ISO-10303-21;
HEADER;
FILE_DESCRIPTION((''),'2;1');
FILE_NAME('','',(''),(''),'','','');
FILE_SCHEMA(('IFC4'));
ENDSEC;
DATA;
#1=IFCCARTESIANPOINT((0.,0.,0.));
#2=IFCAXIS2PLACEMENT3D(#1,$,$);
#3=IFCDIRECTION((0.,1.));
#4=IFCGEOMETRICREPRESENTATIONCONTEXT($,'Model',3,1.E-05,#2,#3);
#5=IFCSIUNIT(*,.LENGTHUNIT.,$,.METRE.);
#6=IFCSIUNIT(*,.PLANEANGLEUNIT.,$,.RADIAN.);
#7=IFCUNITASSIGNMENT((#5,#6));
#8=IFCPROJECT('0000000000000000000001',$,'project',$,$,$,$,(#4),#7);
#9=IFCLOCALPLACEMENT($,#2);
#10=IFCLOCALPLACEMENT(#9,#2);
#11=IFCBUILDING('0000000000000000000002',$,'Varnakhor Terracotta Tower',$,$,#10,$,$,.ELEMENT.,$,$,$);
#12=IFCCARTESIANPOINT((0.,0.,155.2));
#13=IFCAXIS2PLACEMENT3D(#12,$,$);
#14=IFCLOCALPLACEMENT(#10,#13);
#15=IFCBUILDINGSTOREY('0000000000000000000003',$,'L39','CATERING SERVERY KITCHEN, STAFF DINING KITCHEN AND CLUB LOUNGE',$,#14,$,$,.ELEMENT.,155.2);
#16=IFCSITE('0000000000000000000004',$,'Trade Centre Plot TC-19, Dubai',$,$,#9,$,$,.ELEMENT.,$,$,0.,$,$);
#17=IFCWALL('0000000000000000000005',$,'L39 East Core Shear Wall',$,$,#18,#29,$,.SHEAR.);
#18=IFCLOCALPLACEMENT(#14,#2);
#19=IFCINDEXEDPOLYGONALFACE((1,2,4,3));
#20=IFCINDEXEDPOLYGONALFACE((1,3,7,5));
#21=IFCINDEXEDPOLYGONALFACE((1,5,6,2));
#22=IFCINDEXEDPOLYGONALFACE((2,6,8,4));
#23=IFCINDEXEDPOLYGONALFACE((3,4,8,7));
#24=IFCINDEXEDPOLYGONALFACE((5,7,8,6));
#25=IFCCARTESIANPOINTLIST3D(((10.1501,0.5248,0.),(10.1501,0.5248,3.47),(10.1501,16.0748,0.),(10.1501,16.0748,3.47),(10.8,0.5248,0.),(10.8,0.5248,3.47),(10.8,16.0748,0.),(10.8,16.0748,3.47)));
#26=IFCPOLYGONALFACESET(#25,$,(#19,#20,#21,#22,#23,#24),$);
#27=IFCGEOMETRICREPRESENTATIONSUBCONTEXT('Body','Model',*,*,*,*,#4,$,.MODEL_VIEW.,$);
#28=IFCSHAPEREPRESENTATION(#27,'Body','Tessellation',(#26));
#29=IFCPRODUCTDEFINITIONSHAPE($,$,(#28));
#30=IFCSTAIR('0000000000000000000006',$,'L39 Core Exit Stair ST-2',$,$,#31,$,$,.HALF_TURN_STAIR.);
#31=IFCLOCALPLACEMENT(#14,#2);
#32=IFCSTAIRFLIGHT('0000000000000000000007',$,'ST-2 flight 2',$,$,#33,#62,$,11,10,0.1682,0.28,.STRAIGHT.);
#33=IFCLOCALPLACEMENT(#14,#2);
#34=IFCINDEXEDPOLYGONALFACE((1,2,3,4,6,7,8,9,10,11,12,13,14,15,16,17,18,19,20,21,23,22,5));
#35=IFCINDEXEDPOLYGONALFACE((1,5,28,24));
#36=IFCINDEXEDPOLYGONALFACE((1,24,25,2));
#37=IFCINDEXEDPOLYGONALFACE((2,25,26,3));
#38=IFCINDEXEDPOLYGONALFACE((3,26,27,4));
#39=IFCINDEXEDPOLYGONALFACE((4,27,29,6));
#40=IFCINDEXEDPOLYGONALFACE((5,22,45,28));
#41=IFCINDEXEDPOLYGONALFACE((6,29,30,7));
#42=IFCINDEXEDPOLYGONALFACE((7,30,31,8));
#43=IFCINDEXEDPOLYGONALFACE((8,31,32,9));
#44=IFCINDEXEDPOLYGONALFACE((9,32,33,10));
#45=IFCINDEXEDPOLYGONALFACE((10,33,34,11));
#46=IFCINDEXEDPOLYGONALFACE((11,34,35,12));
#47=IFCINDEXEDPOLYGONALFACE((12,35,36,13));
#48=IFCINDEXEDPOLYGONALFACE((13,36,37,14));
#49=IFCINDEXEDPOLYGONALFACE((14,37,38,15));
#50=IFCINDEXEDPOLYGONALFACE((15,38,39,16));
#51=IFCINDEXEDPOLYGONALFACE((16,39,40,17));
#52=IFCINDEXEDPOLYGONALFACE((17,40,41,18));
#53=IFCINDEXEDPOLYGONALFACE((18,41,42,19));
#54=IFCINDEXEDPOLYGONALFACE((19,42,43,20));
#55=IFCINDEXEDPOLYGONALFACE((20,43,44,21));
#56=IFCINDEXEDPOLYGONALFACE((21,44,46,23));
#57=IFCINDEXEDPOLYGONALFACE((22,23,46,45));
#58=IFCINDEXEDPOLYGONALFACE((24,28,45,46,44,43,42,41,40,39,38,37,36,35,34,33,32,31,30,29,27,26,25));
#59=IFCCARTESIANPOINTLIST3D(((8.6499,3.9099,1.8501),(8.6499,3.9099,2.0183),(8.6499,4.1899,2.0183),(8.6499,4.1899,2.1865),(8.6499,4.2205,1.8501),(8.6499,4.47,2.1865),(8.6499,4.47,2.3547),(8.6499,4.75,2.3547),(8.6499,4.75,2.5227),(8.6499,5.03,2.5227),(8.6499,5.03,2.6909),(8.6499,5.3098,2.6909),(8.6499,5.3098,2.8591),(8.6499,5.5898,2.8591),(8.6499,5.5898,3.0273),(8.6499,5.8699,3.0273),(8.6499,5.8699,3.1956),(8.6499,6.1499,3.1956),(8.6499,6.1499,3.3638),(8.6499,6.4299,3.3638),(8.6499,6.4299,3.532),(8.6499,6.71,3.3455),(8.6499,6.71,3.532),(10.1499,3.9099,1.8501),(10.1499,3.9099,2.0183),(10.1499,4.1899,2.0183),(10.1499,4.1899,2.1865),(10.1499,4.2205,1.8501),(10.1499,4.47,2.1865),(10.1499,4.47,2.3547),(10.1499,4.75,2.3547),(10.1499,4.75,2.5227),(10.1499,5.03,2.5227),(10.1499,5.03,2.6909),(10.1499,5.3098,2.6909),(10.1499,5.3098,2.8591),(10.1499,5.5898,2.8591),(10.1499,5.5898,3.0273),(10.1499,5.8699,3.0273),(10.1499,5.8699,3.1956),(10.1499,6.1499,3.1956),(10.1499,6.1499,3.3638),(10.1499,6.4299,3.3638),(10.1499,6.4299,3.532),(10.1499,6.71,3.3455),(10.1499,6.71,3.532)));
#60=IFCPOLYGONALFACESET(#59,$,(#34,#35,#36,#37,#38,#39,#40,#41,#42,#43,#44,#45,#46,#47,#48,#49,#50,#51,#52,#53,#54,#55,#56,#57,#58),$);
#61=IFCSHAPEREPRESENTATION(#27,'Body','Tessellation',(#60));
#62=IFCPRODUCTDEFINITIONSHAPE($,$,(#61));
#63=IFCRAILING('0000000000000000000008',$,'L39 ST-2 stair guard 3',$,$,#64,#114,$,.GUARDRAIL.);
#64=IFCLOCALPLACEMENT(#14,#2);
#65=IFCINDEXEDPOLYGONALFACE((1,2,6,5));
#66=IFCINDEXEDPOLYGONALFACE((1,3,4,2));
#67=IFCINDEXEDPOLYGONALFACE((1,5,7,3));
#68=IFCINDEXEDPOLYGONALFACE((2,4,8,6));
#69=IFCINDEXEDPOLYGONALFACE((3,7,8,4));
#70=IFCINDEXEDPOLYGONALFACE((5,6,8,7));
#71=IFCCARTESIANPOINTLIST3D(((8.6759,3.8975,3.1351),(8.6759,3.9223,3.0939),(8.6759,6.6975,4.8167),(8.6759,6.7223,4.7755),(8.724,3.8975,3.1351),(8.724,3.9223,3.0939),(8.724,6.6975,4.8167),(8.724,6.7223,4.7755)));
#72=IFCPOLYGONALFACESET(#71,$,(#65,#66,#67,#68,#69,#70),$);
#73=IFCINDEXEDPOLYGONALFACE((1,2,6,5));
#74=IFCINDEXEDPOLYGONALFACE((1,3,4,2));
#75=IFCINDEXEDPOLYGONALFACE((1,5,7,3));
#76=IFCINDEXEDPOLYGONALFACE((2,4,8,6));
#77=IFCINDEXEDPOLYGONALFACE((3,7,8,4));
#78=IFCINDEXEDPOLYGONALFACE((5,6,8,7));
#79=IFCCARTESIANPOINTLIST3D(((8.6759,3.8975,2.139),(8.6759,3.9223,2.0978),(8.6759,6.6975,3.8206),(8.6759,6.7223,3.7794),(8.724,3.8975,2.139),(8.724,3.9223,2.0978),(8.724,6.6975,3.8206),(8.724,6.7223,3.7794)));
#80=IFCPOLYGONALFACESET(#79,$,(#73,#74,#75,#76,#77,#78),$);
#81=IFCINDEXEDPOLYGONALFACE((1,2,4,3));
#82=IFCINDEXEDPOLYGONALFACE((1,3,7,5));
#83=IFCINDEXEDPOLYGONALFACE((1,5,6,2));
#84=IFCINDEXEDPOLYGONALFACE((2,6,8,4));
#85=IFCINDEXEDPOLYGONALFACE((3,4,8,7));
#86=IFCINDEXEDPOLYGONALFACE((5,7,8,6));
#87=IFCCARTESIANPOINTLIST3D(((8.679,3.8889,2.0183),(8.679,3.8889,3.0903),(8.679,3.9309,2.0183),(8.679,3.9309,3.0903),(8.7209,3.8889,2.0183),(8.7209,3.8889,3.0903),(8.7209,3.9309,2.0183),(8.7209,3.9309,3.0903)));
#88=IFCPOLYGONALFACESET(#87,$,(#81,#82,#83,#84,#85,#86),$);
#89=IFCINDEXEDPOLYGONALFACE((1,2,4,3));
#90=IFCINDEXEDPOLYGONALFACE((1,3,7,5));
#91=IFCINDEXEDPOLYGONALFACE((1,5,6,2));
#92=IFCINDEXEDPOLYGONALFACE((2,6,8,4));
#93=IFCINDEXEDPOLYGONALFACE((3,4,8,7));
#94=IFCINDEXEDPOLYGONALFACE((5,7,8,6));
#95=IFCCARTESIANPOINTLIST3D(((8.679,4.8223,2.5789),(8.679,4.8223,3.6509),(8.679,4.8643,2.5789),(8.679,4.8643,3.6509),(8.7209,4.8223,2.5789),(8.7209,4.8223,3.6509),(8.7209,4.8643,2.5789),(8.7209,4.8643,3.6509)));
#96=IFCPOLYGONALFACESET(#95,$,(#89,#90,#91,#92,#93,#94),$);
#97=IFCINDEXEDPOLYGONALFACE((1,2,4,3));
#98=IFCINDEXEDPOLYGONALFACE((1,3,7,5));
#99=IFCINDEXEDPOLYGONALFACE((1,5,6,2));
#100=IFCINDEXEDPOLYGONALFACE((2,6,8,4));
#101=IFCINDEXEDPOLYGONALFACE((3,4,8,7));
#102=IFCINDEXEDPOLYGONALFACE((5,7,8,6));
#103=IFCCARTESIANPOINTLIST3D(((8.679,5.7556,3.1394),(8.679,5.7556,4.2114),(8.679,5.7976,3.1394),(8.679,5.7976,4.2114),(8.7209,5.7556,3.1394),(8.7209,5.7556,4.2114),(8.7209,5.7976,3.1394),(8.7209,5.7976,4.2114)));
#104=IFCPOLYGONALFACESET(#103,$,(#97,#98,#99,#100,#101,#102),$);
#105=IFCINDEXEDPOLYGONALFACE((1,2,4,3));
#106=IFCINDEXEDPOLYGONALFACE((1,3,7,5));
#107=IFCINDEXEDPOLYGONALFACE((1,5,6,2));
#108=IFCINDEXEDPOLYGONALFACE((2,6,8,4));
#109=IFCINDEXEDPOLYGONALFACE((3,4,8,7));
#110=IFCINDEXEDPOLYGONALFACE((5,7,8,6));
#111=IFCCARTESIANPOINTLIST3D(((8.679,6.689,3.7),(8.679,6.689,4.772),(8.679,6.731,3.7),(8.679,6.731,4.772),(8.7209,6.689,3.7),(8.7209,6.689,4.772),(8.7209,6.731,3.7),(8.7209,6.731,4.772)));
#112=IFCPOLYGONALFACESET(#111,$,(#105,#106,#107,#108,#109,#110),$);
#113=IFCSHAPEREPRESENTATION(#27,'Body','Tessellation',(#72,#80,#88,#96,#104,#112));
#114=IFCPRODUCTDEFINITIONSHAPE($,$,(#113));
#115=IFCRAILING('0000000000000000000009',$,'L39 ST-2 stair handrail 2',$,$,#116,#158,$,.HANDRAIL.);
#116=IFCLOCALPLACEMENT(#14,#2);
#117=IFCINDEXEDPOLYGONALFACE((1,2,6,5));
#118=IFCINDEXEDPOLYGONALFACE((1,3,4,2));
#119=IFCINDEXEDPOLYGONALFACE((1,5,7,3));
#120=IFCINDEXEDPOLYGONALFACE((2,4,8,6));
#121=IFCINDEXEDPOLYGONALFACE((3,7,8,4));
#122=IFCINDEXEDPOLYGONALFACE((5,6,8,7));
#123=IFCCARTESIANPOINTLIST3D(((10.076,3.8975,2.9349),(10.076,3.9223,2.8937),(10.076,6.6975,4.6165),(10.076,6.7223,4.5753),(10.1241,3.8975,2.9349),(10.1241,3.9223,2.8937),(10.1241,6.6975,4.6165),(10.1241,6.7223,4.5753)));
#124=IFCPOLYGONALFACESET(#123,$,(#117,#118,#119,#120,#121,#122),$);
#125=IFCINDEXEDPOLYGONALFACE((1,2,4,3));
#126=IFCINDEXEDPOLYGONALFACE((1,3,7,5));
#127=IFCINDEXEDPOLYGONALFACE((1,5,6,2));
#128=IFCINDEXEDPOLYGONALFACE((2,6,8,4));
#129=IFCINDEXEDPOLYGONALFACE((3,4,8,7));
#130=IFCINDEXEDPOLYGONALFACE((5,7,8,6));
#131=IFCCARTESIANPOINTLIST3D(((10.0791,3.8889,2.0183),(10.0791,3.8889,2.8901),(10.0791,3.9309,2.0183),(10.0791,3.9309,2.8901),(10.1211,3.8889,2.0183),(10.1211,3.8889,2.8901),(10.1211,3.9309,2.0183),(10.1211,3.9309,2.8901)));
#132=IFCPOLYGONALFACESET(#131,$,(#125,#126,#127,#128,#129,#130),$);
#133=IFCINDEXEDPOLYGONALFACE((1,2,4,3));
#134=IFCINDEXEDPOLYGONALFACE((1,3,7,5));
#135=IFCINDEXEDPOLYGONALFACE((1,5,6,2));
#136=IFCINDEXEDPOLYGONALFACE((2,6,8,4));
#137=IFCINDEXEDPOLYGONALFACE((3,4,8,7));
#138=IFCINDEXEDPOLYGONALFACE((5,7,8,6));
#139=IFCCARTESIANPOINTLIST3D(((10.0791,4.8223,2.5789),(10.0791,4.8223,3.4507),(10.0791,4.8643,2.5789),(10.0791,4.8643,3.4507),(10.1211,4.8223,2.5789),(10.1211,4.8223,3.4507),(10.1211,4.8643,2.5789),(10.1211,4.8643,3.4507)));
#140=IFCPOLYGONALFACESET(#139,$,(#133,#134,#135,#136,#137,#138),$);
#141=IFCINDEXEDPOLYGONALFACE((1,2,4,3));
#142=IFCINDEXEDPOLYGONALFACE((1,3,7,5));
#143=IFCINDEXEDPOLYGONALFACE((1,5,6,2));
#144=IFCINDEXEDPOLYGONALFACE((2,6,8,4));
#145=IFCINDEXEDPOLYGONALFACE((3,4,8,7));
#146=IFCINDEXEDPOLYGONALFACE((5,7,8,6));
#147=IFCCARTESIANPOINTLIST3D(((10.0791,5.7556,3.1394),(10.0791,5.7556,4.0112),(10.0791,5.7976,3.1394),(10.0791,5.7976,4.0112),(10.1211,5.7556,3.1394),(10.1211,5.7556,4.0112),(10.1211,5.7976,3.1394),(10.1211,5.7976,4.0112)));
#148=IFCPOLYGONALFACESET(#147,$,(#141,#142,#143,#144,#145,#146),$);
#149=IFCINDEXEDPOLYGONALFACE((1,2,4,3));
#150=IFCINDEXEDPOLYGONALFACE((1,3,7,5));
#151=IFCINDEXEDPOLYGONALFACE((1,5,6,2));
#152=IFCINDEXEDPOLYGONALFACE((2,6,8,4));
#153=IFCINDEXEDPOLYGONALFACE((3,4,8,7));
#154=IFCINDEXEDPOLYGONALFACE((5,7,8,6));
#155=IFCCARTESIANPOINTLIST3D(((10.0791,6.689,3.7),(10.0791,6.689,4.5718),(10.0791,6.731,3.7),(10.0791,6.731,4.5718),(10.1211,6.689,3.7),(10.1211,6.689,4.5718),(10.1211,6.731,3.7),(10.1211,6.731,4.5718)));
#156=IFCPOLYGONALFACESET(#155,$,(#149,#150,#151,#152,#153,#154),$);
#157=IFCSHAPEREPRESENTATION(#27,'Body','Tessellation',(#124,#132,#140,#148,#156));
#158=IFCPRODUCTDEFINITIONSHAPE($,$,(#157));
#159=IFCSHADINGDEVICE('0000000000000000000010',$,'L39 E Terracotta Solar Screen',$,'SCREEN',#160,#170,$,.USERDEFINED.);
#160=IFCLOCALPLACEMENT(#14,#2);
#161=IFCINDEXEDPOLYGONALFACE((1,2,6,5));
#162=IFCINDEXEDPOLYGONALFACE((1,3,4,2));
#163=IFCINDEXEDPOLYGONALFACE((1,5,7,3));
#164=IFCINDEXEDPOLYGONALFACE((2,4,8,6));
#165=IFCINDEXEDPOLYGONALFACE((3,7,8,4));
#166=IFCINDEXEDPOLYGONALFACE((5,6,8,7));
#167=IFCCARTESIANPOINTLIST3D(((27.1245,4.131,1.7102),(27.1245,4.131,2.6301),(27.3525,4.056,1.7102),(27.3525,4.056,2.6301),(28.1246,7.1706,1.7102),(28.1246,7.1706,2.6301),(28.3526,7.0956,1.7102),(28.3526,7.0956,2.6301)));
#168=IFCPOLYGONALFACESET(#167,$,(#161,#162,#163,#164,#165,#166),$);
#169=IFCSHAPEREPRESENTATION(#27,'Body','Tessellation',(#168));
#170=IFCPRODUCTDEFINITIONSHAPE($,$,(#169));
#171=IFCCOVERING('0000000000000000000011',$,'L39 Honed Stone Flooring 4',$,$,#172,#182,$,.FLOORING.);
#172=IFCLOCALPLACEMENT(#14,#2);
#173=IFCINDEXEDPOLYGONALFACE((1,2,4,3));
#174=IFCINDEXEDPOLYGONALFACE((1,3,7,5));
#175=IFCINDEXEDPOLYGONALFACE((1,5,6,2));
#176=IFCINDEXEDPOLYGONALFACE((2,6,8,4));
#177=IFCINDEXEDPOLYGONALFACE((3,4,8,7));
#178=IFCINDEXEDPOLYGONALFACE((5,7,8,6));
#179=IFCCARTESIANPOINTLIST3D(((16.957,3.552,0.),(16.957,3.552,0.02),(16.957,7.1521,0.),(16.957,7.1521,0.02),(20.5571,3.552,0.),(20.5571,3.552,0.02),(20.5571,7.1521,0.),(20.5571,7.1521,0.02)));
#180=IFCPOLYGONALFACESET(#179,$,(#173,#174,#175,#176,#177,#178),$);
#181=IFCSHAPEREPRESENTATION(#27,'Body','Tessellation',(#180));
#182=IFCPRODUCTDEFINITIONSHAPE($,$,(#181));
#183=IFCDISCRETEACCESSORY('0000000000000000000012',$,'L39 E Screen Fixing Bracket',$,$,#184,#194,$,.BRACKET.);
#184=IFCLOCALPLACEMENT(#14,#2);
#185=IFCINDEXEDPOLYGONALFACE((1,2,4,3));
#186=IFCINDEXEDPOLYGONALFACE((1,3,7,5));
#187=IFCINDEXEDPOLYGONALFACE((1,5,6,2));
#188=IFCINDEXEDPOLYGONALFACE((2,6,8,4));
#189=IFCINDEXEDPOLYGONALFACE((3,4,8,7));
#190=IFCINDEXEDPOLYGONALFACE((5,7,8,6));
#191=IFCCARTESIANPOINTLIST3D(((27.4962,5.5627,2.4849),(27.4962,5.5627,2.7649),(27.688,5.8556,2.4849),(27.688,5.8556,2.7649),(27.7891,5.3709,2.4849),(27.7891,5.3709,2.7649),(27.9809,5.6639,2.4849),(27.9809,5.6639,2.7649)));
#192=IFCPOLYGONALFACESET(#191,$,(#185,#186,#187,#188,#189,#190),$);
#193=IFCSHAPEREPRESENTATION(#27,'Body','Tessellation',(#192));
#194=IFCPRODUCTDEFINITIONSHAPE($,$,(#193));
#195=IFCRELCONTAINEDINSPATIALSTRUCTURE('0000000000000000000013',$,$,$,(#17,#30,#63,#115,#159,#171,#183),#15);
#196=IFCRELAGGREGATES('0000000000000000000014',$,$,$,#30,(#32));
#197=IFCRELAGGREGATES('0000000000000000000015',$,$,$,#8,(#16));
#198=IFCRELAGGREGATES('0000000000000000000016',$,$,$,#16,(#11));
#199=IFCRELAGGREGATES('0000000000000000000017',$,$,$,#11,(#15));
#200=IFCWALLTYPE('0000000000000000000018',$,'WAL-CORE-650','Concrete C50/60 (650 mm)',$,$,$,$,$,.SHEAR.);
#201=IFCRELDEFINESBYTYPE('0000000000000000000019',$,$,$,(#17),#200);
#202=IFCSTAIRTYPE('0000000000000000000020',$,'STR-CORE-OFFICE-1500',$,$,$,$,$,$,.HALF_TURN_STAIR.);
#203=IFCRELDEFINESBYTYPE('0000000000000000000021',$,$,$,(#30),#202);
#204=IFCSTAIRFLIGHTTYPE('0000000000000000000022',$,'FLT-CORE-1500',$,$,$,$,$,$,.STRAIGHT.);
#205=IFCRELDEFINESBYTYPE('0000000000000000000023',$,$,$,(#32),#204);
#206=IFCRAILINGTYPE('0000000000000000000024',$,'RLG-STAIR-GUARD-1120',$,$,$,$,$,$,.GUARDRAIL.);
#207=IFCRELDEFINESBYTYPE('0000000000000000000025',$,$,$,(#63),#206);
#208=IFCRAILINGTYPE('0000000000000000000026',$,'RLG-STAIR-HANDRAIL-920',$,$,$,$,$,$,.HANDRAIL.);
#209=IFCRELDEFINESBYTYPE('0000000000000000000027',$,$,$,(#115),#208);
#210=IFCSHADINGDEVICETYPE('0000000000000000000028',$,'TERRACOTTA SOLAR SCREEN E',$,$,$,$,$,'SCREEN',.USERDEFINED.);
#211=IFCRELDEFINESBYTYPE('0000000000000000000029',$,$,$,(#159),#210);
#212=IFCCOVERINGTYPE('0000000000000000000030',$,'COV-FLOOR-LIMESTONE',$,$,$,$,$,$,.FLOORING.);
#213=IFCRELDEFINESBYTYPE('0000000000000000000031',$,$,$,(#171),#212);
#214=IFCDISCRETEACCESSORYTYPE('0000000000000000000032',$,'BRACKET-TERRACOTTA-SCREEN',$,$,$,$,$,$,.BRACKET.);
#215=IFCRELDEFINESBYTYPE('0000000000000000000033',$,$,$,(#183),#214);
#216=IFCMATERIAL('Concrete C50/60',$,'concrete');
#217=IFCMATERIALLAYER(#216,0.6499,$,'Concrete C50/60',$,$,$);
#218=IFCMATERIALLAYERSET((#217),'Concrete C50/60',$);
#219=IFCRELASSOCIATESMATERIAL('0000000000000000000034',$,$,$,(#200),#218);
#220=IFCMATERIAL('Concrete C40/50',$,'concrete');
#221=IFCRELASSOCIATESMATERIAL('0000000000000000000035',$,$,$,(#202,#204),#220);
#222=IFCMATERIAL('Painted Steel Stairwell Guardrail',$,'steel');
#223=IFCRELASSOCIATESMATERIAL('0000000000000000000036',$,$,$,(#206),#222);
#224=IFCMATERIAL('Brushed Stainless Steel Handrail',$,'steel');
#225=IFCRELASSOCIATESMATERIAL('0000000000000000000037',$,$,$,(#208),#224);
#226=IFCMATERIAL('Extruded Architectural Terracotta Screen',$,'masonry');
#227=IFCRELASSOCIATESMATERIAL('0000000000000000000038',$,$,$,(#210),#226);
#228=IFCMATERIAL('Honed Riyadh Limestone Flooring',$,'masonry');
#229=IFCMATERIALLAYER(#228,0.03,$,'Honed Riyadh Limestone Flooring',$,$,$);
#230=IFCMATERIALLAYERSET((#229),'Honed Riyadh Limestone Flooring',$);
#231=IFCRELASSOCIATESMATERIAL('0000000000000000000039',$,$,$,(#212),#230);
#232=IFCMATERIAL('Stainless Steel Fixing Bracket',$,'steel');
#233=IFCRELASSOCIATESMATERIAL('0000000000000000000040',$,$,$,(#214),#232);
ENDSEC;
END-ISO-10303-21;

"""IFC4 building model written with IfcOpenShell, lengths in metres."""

from ifc_helpers import new_model, si_unit, direction, frame, frame_2d, origin, origin_2d, place, context, subcontext, project, spatial, polyline, rectangle, outline, extrude, source, transform, mapped, material, layer, layer_set, type_object, type_shapes, element, aggregate, save


model = new_model("IFC4")

# Units and contexts
model_context = context("Model", 3, precision=1e-05, world=origin(), true_north=direction((0.0, 1.0)))
body_context = subcontext(model_context, "Body", "Model", "MODEL_VIEW")
ifc_project = project(units=[si_unit("LENGTHUNIT", "METRE"), si_unit("PLANEANGLEUNIT", "RADIAN")], contexts=[model_context])

# Site, building, storey
site_placement = place(None, origin())
site = spatial("IfcSite", under=ifc_project, at=site_placement, Name="Trade Centre Plot TC-19, Dubai", CompositionType="ELEMENT", RefElevation=0.0)
building_placement = place(site_placement, origin())
building = spatial("IfcBuilding", under=site, at=building_placement, Name="Varnakhor Terracotta Tower", CompositionType="ELEMENT")
storey_placement = place(building_placement, frame((0.0, 0.0, 155.2)))
storey = spatial("IfcBuildingStorey", under=building, at=storey_placement, Name="L39", Description="CATERING SERVERY KITCHEN, STAFF DINING KITCHEN AND CLUB LOUNGE", CompositionType="ELEMENT", Elevation=155.2)

# Shared definitions
ifc_material_1 = material(Name="Concrete C50/60", Category="concrete")

# Wall
ifc_layer_1 = layer(ifc_material_1, 0.6499, Name="Concrete C50/60")
ifc_layer_set_1 = layer_set([ifc_layer_1], Name="Concrete C50/60")
wall_type = type_object("IfcWallType", Name="WAL-CORE-650", Description="Concrete C50/60 (650 mm)", PredefinedType="SHEAR", material=ifc_layer_set_1)
wall_placement = place(storey_placement, frame((10.4751, 0.5249, 0.0), z_axis=(0.0, 0.0, 1.0), x_axis=(0.0, 1.0, 0.0)))
element("IfcWall", 1, at=wall_placement, inside=storey, type_object=wall_type, Name="L39 East Core Shear Wall", PredefinedType="SHEAR", context=body_context, shape_type="SweptSolid", body=[
    extrude(rectangle(XDim=15.55, YDim=0.6499, at=frame_2d((7.7749, 0.0))), origin(), (0.0, 0.0, 1.0), 3.47),
])

# Stair, stair flight
ifc_material_2 = material(Name="Concrete C40/50", Category="concrete")
stair_type = type_object("IfcStairType", Name="STR-CORE-OFFICE-1500", PredefinedType="HALF_TURN_STAIR", material=ifc_material_2)
stair_placement = place(storey_placement, origin())
stair = element("IfcStair", 2, at=stair_placement, inside=storey, type_object=stair_type, Name="L39 Core Exit Stair ST-2", PredefinedType="HALF_TURN_STAIR")
stair_flight_type = type_object("IfcStairFlightType", Name="FLT-CORE-1500", PredefinedType="STRAIGHT", material=ifc_material_2)
stair_flight_placement = place(storey_placement, frame((9.3999, 3.9099, 1.8501), z_axis=(0.0, 0.0, 1.0), x_axis=(0.0, 1.0, 0.0)))
stair_flight = element("IfcStairFlight", 3, at=stair_flight_placement, type_object=stair_flight_type, Name="ST-2 flight 2", NumberOfRisers=11, NumberOfTreads=10, PredefinedType="STRAIGHT", RiserHeight=0.1682, TreadLength=0.28, context=body_context, shape_type="SweptSolid", body=[
    extrude(outline(polyline([(0.0, 0.0), (0.0, 0.1682), (0.28, 0.1682), (0.28, 0.3364), (0.5601, 0.3364), (0.5601, 0.5046), (0.8401, 0.5046), (0.8401, 0.6726), (1.1201, 0.6726), (1.1201, 0.8408), (1.3999, 0.8408), (1.3999, 1.009), (1.6799, 1.009), (1.6799, 1.1772), (1.96, 1.1772), (1.96, 1.3455), (2.24, 1.3455), (2.24, 1.5137), (2.52, 1.5137), (2.52, 1.6819), (2.8, 1.6819), (2.8, 1.8501), (2.8, 1.4954), (0.3105, 0.0), (0.0, 0.0)])), frame((0.0, 0.75, 0.0), z_axis=(0.0, -1.0, 0.0), x_axis=(1.0, 0.0, 0.0)), (0.0, 0.0, 1.0), 1.5),
])
aggregate(stair, [stair_flight])

# Railings
ifc_material_3 = material(Name="Painted Steel Stairwell Guardrail", Category="steel")
railing_type_1 = type_object("IfcRailingType", Name="RLG-STAIR-GUARD-1120", PredefinedType="GUARDRAIL", material=ifc_material_3)
railing_1_placement = place(storey_placement, frame((8.7, 3.9099, 2.0183)))
element("IfcRailing", 4, at=railing_1_placement, inside=storey, type_object=railing_type_1, Name="L39 ST-2 stair guard 3", PredefinedType="GUARDRAIL", context=body_context, shape_type="SweptSolid", body=[
    extrude(rectangle(XDim=0.0481, YDim=0.0481, at=origin_2d()), frame((0.0, 0.0, 1.0962), z_axis=(0.0, 0.857275, 0.514858), x_axis=(-1.0, 0.0, 0.0)), (0.0, 0.0, 1.0), 3.2661),
    extrude(rectangle(XDim=0.0481, YDim=0.0481, at=origin_2d()), frame((0.0, 0.0, 0.1001), z_axis=(0.0, 0.857275, 0.514858), x_axis=(-1.0, 0.0, 0.0)), (0.0, 0.0, 1.0), 3.2661),
    extrude(rectangle(XDim=0.042, YDim=0.042, at=origin_2d()), origin(), (0.0, 0.0, 1.0), 1.072),
    extrude(rectangle(XDim=0.042, YDim=0.042, at=origin_2d()), frame((0.0, 0.9333, 0.5605)), (0.0, 0.0, 1.0), 1.072),
    extrude(rectangle(XDim=0.042, YDim=0.042, at=origin_2d()), frame((0.0, 1.8667, 1.1211)), (0.0, 0.0, 1.0), 1.072),
    extrude(rectangle(XDim=0.042, YDim=0.042, at=origin_2d()), frame((0.0, 2.8, 1.6816)), (0.0, 0.0, 1.0), 1.072),
])
ifc_material_4 = material(Name="Brushed Stainless Steel Handrail", Category="steel")
railing_type_2 = type_object("IfcRailingType", Name="RLG-STAIR-HANDRAIL-920", PredefinedType="HANDRAIL", material=ifc_material_4)
railing_2_placement = place(storey_placement, frame((10.1001, 3.9099, 2.0183)))
element("IfcRailing", 5, at=railing_2_placement, inside=storey, type_object=railing_type_2, Name="L39 ST-2 stair handrail 2", PredefinedType="HANDRAIL", context=body_context, shape_type="SweptSolid", body=[
    extrude(rectangle(XDim=0.0481, YDim=0.0481, at=origin_2d()), frame((0.0, 0.0, 0.896), z_axis=(0.0, 0.857275, 0.514858), x_axis=(-1.0, 0.0, 0.0)), (0.0, 0.0, 1.0), 3.2661),
    extrude(rectangle(XDim=0.042, YDim=0.042, at=origin_2d()), origin(), (0.0, 0.0, 1.0), 0.8718),
    extrude(rectangle(XDim=0.042, YDim=0.042, at=origin_2d()), frame((0.0, 0.9333, 0.5605)), (0.0, 0.0, 1.0), 0.8718),
    extrude(rectangle(XDim=0.042, YDim=0.042, at=origin_2d()), frame((0.0, 1.8667, 1.1211)), (0.0, 0.0, 1.0), 0.8718),
    extrude(rectangle(XDim=0.042, YDim=0.042, at=origin_2d()), frame((0.0, 2.8, 1.6816)), (0.0, 0.0, 1.0), 0.8718),
])

# Shading device
ifc_material_5 = material(Name="Extruded Architectural Terracotta Screen", Category="masonry")
shading_device_type = type_object("IfcShadingDeviceType", Name="TERRACOTTA SOLAR SCREEN E", ElementType="SCREEN", PredefinedType="USERDEFINED", material=ifc_material_5)
shared_shape_1 = source(origin(), body_context, "Body", "SweptSolid", [
    extrude(rectangle(XDim=3.2, YDim=0.24, at=origin_2d()), origin(), (0.0, 0.0, 1.0), 0.9199),
])
type_shapes(shading_device_type, [shared_shape_1])
shading_device_placement = place(storey_placement, frame((27.7385, 5.6133, 1.7102), z_axis=(0.0, 0.0, 1.0), x_axis=(0.312534, 0.949907, 0.0)))
element("IfcShadingDevice", 6, at=shading_device_placement, inside=storey, type_object=shading_device_type, Name="L39 E Terracotta Solar Screen", ObjectType="SCREEN", PredefinedType="USERDEFINED", context=body_context, shape_type="MappedRepresentation", body=[
    mapped(shared_shape_1, transform((0.0, 0.0, 0.0), scale=1.0)),
])

# Covering
ifc_material_6 = material(Name="Honed Riyadh Limestone Flooring", Category="masonry")
ifc_layer_2 = layer(ifc_material_6, 0.03, Name="Honed Riyadh Limestone Flooring")
ifc_layer_set_2 = layer_set([ifc_layer_2], Name="Honed Riyadh Limestone Flooring")
covering_type = type_object("IfcCoveringType", Name="COV-FLOOR-LIMESTONE", PredefinedType="FLOORING", material=ifc_layer_set_2)
shared_shape_2 = source(origin(), body_context, "Body", "SweptSolid", [
    extrude(rectangle(XDim=3.6001, YDim=3.6001, at=origin_2d()), origin(), (0.0, 0.0, 1.0), 0.02),
])
covering_placement = place(storey_placement, frame((18.7571, 5.3521, 0.0), z_axis=(0.0, 0.0, 1.0), x_axis=(1.0, 0.0, 0.0)))
element("IfcCovering", 7, at=covering_placement, inside=storey, type_object=covering_type, Name="L39 Honed Stone Flooring 4", PredefinedType="FLOORING", context=body_context, shape_type="MappedRepresentation", body=[
    mapped(shared_shape_2, transform((0.0, 0.0, 0.0), scale=1.0)),
])

# Discrete accessory
ifc_material_7 = material(Name="Stainless Steel Fixing Bracket", Category="steel")
discrete_accessory_type = type_object("IfcDiscreteAccessoryType", Name="BRACKET-TERRACOTTA-SCREEN", PredefinedType="BRACKET", material=ifc_material_7)
shared_shape_3 = source(origin(), body_context, "Body", "SweptSolid", [
    extrude(rectangle(XDim=0.3501, YDim=0.3501, at=origin_2d()), origin(), (0.0, 0.0, 1.0), 0.28),
])
type_shapes(discrete_accessory_type, [shared_shape_3])
discrete_accessory_placement = place(storey_placement, frame((27.7385, 5.6133, 2.4849), z_axis=(0.0, 0.0, 1.0), x_axis=(0.547738, 0.83665, 0.0)))
element("IfcDiscreteAccessory", 8, at=discrete_accessory_placement, inside=storey, type_object=discrete_accessory_type, Name="L39 E Screen Fixing Bracket", PredefinedType="BRACKET", context=body_context, shape_type="MappedRepresentation", body=[
    mapped(shared_shape_3, transform((0.0, 0.0, 0.0), scale=1.0)),
])

save(model, "model.ifc")
